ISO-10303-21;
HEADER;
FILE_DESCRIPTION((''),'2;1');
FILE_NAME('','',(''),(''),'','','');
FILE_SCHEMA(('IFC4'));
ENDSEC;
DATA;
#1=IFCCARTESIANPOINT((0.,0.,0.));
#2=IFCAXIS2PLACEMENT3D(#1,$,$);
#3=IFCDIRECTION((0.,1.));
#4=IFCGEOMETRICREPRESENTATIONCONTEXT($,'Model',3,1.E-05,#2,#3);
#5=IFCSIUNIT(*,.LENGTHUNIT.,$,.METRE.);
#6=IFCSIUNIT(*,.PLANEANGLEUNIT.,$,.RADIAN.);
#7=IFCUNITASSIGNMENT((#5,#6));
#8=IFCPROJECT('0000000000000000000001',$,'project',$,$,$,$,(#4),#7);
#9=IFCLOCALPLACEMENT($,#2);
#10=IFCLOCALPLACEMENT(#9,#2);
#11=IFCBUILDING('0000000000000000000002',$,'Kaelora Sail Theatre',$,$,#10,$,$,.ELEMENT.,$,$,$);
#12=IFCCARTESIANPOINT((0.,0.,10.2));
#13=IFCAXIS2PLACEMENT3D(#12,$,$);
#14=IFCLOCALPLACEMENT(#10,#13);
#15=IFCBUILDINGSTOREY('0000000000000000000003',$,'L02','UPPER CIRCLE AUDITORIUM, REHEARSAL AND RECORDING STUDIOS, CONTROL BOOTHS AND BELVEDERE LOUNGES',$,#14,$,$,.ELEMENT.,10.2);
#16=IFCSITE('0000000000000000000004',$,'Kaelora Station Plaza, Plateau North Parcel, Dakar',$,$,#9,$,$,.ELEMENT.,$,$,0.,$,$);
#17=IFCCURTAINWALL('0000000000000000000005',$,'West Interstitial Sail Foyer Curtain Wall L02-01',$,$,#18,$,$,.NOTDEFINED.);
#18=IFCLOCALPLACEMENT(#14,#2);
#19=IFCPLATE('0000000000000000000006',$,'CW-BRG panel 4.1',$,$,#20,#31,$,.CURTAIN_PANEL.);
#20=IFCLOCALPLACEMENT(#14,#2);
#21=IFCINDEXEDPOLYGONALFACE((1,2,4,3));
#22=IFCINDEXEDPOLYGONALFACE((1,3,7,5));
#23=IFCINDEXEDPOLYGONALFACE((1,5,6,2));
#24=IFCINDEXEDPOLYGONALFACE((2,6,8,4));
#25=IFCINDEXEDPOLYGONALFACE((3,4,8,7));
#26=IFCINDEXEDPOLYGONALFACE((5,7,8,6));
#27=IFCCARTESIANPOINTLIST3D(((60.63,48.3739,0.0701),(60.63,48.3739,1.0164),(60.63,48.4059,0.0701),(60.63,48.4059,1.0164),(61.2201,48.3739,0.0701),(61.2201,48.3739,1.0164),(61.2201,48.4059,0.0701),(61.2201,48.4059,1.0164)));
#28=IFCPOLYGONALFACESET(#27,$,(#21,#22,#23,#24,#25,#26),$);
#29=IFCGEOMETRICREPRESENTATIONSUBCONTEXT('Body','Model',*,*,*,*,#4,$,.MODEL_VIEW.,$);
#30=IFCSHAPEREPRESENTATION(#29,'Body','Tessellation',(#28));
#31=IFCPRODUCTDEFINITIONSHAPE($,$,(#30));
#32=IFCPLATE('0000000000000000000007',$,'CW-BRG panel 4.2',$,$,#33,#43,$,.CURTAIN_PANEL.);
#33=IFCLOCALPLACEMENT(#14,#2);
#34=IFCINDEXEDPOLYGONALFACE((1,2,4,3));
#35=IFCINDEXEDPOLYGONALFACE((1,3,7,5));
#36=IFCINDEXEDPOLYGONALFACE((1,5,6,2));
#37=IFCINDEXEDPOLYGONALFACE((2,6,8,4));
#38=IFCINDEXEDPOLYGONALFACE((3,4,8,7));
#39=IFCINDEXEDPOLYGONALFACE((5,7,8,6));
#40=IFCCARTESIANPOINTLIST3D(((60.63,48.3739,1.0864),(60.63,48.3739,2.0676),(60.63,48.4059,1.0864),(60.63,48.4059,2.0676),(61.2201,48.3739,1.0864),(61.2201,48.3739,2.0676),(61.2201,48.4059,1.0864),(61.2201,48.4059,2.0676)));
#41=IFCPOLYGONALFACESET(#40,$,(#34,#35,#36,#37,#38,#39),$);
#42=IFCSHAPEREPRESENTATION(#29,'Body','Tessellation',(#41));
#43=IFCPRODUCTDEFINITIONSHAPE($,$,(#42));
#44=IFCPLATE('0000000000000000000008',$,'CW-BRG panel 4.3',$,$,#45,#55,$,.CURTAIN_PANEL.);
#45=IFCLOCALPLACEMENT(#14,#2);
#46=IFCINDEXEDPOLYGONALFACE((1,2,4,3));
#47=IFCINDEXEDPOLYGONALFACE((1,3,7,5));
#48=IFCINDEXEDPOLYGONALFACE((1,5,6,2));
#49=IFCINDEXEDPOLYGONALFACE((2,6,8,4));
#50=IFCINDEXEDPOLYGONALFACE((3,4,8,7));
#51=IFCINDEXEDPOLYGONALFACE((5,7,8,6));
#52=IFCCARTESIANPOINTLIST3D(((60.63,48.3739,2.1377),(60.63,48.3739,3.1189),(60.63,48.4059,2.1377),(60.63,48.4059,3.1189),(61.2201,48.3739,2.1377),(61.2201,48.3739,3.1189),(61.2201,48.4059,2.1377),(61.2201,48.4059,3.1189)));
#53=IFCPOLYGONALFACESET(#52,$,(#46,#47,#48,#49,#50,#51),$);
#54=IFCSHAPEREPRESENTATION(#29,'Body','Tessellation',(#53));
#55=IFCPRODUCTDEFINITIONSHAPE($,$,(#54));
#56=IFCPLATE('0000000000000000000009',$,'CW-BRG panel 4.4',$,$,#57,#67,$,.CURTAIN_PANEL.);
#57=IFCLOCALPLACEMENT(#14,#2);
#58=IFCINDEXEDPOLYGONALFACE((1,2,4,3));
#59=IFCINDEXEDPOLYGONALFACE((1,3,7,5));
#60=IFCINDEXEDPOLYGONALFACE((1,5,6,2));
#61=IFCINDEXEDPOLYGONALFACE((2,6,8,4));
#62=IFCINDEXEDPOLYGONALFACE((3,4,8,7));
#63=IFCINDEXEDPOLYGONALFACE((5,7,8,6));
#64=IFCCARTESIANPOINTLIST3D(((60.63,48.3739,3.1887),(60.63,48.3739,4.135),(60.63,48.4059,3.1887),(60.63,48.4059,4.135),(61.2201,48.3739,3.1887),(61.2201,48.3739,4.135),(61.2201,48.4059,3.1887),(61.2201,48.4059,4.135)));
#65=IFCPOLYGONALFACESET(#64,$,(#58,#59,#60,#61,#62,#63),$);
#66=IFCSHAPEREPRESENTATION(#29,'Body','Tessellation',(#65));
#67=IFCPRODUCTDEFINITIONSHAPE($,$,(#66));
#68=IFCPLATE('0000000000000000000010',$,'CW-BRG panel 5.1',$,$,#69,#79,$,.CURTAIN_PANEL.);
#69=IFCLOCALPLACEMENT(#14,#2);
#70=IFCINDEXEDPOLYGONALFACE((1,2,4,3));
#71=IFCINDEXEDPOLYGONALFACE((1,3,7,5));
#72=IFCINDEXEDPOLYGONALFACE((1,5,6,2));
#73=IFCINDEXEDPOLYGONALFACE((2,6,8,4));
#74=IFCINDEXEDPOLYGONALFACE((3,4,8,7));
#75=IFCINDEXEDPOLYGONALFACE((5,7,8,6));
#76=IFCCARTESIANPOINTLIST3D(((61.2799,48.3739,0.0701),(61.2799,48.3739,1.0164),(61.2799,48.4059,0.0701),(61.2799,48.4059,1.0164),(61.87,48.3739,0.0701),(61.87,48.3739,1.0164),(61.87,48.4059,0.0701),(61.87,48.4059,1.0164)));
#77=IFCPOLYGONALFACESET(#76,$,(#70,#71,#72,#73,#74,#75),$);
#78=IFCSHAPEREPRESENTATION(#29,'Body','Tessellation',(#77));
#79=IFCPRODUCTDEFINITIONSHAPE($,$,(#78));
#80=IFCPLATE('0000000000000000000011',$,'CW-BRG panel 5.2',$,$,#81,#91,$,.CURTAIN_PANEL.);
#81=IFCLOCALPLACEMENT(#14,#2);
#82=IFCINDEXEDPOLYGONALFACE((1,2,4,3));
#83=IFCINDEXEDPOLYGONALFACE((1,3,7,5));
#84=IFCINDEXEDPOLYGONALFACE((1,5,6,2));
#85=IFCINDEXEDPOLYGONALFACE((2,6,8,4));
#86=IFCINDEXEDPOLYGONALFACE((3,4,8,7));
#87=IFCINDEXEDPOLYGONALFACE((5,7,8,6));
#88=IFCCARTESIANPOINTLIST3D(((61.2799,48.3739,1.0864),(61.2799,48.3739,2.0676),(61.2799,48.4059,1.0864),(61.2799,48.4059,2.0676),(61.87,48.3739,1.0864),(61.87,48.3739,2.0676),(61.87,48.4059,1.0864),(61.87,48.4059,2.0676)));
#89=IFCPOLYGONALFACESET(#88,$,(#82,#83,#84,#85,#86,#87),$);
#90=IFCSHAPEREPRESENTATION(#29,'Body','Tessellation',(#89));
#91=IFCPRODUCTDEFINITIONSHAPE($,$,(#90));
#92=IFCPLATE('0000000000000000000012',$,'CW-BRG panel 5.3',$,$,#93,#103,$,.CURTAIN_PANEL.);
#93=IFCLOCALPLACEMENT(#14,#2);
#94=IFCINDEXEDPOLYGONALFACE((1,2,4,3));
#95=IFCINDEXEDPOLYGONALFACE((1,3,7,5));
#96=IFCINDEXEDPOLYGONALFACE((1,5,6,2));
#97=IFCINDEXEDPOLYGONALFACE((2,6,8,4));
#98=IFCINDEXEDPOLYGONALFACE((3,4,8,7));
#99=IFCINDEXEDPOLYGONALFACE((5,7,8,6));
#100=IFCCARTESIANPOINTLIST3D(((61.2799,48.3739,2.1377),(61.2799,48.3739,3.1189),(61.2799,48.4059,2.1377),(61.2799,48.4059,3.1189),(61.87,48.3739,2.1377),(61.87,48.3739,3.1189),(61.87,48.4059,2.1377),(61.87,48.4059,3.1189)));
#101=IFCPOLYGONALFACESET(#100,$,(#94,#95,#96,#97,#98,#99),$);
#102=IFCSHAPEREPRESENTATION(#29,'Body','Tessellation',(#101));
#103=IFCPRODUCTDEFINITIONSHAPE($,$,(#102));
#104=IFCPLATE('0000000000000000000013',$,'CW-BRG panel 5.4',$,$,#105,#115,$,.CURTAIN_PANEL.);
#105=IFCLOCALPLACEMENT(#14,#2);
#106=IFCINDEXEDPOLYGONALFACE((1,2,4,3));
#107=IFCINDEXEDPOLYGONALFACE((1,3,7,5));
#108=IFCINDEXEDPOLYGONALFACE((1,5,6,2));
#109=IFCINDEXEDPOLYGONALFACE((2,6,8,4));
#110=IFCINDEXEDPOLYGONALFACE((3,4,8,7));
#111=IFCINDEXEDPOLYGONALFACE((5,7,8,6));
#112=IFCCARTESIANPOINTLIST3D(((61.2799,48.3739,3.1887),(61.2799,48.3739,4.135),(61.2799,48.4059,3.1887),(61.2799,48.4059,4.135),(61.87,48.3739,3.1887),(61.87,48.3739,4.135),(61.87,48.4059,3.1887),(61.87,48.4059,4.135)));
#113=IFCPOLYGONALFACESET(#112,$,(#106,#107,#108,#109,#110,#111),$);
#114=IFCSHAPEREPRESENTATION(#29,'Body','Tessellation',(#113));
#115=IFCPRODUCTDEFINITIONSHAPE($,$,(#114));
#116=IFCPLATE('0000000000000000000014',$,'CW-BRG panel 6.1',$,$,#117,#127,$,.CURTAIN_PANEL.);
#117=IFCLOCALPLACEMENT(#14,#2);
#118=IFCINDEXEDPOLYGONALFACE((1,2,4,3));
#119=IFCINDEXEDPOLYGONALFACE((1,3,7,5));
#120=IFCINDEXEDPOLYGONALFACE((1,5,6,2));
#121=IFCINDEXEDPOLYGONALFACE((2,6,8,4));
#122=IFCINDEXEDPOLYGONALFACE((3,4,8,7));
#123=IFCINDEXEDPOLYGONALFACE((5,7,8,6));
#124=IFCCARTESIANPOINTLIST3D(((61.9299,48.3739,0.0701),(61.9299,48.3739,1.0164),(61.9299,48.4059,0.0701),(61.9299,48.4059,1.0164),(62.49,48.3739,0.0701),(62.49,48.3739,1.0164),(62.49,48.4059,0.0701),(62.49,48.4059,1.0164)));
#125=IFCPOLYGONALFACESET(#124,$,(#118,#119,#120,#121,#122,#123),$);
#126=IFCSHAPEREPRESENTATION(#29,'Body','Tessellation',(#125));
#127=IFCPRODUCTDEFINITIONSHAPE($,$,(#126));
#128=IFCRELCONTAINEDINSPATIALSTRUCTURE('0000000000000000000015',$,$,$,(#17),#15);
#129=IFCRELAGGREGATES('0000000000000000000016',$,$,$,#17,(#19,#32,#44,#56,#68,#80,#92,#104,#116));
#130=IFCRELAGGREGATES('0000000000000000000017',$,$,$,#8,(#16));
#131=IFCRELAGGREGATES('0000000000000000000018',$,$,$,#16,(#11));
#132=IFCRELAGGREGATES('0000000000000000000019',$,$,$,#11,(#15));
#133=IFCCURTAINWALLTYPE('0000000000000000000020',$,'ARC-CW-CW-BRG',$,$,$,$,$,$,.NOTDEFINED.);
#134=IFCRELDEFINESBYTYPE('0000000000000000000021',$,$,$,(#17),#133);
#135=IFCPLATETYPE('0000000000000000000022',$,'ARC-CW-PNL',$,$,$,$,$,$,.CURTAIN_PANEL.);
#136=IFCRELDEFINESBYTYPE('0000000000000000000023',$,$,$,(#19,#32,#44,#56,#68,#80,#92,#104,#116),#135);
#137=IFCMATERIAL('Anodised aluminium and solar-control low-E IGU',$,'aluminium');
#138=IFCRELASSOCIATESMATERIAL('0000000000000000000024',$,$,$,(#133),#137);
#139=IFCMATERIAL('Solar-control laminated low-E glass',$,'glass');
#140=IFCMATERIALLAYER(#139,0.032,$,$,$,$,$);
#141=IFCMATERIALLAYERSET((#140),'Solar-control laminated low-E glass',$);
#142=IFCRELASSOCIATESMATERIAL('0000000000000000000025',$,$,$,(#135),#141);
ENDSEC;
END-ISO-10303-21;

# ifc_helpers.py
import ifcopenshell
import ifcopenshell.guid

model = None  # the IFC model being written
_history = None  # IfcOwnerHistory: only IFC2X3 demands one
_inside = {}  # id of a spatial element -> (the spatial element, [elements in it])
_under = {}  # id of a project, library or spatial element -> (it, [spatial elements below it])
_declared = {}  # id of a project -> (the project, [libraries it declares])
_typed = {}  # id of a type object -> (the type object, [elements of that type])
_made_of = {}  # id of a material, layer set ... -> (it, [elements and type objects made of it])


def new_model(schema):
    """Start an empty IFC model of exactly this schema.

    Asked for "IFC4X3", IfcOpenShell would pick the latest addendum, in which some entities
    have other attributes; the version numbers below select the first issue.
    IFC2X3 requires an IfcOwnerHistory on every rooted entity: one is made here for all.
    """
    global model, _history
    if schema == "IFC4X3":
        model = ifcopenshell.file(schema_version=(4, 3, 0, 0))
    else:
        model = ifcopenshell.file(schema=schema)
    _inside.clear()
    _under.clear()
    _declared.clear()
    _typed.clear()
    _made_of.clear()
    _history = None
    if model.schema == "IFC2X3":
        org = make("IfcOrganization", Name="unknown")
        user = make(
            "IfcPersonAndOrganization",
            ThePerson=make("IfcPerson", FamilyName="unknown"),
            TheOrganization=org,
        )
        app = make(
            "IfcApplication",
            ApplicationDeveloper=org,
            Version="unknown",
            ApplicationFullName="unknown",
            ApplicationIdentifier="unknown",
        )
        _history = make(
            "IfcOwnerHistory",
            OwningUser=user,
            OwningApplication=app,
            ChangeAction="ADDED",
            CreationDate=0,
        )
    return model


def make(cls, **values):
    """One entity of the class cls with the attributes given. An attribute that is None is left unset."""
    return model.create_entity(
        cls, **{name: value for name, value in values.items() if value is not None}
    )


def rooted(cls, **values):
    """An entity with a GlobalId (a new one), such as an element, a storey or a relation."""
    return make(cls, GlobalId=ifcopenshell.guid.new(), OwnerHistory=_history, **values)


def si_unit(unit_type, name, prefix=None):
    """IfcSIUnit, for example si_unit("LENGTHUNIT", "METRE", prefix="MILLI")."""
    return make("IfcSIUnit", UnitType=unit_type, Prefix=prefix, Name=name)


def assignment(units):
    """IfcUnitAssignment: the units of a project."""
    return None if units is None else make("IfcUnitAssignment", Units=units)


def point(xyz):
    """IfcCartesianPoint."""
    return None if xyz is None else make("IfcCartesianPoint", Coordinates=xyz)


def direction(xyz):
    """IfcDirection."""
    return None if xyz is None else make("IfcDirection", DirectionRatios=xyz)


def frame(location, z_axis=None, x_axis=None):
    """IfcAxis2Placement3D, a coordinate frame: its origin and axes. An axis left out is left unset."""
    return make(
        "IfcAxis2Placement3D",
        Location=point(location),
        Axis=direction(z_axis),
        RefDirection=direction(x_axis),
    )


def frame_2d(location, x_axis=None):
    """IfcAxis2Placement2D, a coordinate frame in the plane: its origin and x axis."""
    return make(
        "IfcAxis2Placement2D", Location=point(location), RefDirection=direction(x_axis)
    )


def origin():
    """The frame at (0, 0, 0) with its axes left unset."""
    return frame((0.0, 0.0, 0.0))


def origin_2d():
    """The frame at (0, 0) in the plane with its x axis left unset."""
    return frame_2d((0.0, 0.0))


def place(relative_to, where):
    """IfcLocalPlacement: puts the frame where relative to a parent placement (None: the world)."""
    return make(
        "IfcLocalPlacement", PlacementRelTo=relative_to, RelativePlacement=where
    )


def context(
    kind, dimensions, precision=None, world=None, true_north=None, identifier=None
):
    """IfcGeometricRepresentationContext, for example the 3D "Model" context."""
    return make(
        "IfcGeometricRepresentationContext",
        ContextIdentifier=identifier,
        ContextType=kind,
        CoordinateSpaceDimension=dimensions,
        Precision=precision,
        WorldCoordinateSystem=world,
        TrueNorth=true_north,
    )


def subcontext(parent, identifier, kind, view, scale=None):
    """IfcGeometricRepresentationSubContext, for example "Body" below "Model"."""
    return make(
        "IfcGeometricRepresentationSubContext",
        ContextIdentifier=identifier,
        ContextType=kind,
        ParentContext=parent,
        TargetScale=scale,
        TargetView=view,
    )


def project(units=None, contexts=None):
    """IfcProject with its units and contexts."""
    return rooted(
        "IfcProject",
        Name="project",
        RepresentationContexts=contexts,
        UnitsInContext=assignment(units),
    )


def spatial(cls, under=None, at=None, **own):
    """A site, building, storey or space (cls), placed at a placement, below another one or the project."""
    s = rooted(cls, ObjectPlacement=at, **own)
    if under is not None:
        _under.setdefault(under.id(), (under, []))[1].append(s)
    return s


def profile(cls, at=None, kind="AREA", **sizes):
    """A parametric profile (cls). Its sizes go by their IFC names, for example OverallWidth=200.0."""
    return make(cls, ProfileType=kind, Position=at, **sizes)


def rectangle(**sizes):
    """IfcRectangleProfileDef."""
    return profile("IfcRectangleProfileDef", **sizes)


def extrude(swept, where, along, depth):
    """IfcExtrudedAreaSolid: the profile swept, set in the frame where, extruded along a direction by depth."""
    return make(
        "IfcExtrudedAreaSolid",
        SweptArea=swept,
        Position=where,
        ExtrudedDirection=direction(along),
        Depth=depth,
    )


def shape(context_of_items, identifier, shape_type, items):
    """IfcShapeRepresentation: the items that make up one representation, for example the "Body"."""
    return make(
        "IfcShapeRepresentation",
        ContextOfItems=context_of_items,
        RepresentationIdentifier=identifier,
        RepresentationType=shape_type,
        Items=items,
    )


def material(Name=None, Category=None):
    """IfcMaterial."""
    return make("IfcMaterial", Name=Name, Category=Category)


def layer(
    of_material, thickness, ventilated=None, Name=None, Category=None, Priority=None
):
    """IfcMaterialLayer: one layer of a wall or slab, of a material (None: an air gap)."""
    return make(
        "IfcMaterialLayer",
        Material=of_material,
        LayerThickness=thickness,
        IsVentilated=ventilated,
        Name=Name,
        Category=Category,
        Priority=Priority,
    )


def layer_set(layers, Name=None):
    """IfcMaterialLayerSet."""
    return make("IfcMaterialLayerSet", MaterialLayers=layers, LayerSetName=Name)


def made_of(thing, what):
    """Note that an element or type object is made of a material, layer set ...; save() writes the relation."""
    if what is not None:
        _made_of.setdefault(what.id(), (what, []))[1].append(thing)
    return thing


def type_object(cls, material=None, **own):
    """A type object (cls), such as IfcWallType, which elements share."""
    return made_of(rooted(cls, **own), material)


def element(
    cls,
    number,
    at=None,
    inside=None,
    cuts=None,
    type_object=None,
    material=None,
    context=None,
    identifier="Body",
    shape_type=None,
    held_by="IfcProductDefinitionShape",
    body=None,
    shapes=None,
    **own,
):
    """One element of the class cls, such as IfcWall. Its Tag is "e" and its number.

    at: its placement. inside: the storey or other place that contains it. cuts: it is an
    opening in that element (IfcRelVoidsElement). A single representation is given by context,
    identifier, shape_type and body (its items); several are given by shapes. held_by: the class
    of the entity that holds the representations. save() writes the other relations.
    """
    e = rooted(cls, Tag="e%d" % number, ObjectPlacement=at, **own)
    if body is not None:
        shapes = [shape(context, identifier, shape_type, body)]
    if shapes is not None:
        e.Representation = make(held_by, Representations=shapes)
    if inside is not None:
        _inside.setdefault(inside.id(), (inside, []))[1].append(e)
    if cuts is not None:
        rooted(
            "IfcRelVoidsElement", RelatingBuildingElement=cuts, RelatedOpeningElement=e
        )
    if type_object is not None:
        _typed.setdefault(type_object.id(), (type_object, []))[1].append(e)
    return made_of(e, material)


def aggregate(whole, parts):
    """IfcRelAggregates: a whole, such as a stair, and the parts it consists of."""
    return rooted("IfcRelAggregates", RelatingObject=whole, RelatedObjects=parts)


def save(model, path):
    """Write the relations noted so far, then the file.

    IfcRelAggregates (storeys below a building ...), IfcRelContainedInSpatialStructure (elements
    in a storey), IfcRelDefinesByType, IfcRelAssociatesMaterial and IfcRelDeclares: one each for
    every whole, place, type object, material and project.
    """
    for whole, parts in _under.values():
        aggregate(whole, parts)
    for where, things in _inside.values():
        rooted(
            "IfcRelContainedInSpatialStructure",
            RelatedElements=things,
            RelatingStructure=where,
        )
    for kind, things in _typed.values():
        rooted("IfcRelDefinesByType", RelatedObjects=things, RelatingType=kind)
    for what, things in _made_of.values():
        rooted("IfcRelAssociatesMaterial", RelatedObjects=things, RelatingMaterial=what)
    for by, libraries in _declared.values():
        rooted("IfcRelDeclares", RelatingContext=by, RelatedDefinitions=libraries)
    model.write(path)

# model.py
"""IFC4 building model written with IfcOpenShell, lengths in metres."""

from ifc_helpers import new_model, si_unit, direction, frame, origin, origin_2d, place, context, subcontext, project, spatial, rectangle, extrude, material, layer, layer_set, type_object, element, aggregate, save


model = new_model("IFC4")

# Units and contexts
model_context = context("Model", 3, precision=1e-05, world=origin(), true_north=direction((0.0, 1.0)))
body_context = subcontext(model_context, "Body", "Model", "MODEL_VIEW")
ifc_project = project(units=[si_unit("LENGTHUNIT", "METRE"), si_unit("PLANEANGLEUNIT", "RADIAN")], contexts=[model_context])

# Site, building, storey
site_placement = place(None, origin())
site = spatial("IfcSite", under=ifc_project, at=site_placement, Name="Kaelora Station Plaza, Plateau North Parcel, Dakar", CompositionType="ELEMENT", RefElevation=0.0)
building_placement = place(site_placement, origin())
building = spatial("IfcBuilding", under=site, at=building_placement, Name="Kaelora Sail Theatre", CompositionType="ELEMENT")
storey_placement = place(building_placement, frame((0.0, 0.0, 10.2)))
storey = spatial("IfcBuildingStorey", under=building, at=storey_placement, Name="L02", Description="UPPER CIRCLE AUDITORIUM, REHEARSAL AND RECORDING STUDIOS, CONTROL BOOTHS AND BELVEDERE LOUNGES", CompositionType="ELEMENT", Elevation=10.2)

# Curtain wall, plates
ifc_material_1 = material(Name="Anodised aluminium and solar-control low-E IGU", Category="aluminium")
curtain_wall_type = type_object("IfcCurtainWallType", Name="ARC-CW-CW-BRG", PredefinedType="NOTDEFINED", material=ifc_material_1)
curtain_wall_placement = place(storey_placement, origin())
curtain_wall = element("IfcCurtainWall", 1, at=curtain_wall_placement, inside=storey, type_object=curtain_wall_type, Name="West Interstitial Sail Foyer Curtain Wall L02-01", PredefinedType="NOTDEFINED")
ifc_material_2 = material(Name="Solar-control laminated low-E glass", Category="glass")
ifc_layer = layer(ifc_material_2, 0.032)
ifc_layer_set = layer_set([ifc_layer], Name="Solar-control laminated low-E glass")
plate_type = type_object("IfcPlateType", Name="ARC-CW-PNL", PredefinedType="CURTAIN_PANEL", material=ifc_layer_set)
plate_1_placement = place(storey_placement, frame((60.925, 48.3899, 0.0701), z_axis=(0.0, 0.0, 1.0), x_axis=(1.0, 0.0, 0.0)))
plate_1 = element("IfcPlate", 2, at=plate_1_placement, type_object=plate_type, Name="CW-BRG panel 4.1", PredefinedType="CURTAIN_PANEL", context=body_context, shape_type="SweptSolid", body=[
    extrude(rectangle(XDim=0.5901, YDim=0.032, at=origin_2d()), origin(), (0.0, 0.0, 1.0), 0.9463),
])
plate_2_placement = place(storey_placement, frame((60.925, 48.3899, 1.0864), z_axis=(0.0, 0.0, 1.0), x_axis=(1.0, 0.0, 0.0)))
plate_2 = element("IfcPlate", 3, at=plate_2_placement, type_object=plate_type, Name="CW-BRG panel 4.2", PredefinedType="CURTAIN_PANEL", context=body_context, shape_type="SweptSolid", body=[
    extrude(rectangle(XDim=0.5901, YDim=0.032, at=origin_2d()), origin(), (0.0, 0.0, 1.0), 0.9812),
])
plate_3_placement = place(storey_placement, frame((60.925, 48.3899, 2.1377), z_axis=(0.0, 0.0, 1.0), x_axis=(1.0, 0.0, 0.0)))
plate_3 = element("IfcPlate", 4, at=plate_3_placement, type_object=plate_type, Name="CW-BRG panel 4.3", PredefinedType="CURTAIN_PANEL", context=body_context, shape_type="SweptSolid", body=[
    extrude(rectangle(XDim=0.5901, YDim=0.032, at=origin_2d()), origin(), (0.0, 0.0, 1.0), 0.9812),
])
plate_4_placement = place(storey_placement, frame((60.925, 48.3899, 3.1887), z_axis=(0.0, 0.0, 1.0), x_axis=(1.0, 0.0, 0.0)))
plate_4 = element("IfcPlate", 5, at=plate_4_placement, type_object=plate_type, Name="CW-BRG panel 4.4", PredefinedType="CURTAIN_PANEL", context=body_context, shape_type="SweptSolid", body=[
    extrude(rectangle(XDim=0.5901, YDim=0.032, at=origin_2d()), origin(), (0.0, 0.0, 1.0), 0.9463),
])
plate_5_placement = place(storey_placement, frame((61.575, 48.3899, 0.0701), z_axis=(0.0, 0.0, 1.0), x_axis=(1.0, 0.0, 0.0)))
plate_5 = element("IfcPlate", 6, at=plate_5_placement, type_object=plate_type, Name="CW-BRG panel 5.1", PredefinedType="CURTAIN_PANEL", context=body_context, shape_type="SweptSolid", body=[
    extrude(rectangle(XDim=0.5901, YDim=0.032, at=origin_2d()), origin(), (0.0, 0.0, 1.0), 0.9463),
])
plate_6_placement = place(storey_placement, frame((61.575, 48.3899, 1.0864), z_axis=(0.0, 0.0, 1.0), x_axis=(1.0, 0.0, 0.0)))
plate_6 = element("IfcPlate", 7, at=plate_6_placement, type_object=plate_type, Name="CW-BRG panel 5.2", PredefinedType="CURTAIN_PANEL", context=body_context, shape_type="SweptSolid", body=[
    extrude(rectangle(XDim=0.5901, YDim=0.032, at=origin_2d()), origin(), (0.0, 0.0, 1.0), 0.9812),
])
plate_7_placement = place(storey_placement, frame((61.575, 48.3899, 2.1377), z_axis=(0.0, 0.0, 1.0), x_axis=(1.0, 0.0, 0.0)))
plate_7 = element("IfcPlate", 8, at=plate_7_placement, type_object=plate_type, Name="CW-BRG panel 5.3", PredefinedType="CURTAIN_PANEL", context=body_context, shape_type="SweptSolid", body=[
    extrude(rectangle(XDim=0.5901, YDim=0.032, at=origin_2d()), origin(), (0.0, 0.0, 1.0), 0.9812),
])
plate_8_placement = place(storey_placement, frame((61.575, 48.3899, 3.1887), z_axis=(0.0, 0.0, 1.0), x_axis=(1.0, 0.0, 0.0)))
plate_8 = element("IfcPlate", 9, at=plate_8_placement, type_object=plate_type, Name="CW-BRG panel 5.4", PredefinedType="CURTAIN_PANEL", context=body_context, shape_type="SweptSolid", body=[
    extrude(rectangle(XDim=0.5901, YDim=0.032, at=origin_2d()), origin(), (0.0, 0.0, 1.0), 0.9463),
])
plate_9_placement = place(storey_placement, frame((62.21, 48.3899, 0.0701), z_axis=(0.0, 0.0, 1.0), x_axis=(1.0, 0.0, 0.0)))
plate_9 = element("IfcPlate", 10, at=plate_9_placement, type_object=plate_type, Name="CW-BRG panel 6.1", PredefinedType="CURTAIN_PANEL", context=body_context, shape_type="SweptSolid", body=[
    extrude(rectangle(XDim=0.5601, YDim=0.032, at=origin_2d()), origin(), (0.0, 0.0, 1.0), 0.9463),
])
aggregate(curtain_wall, [plate_1, plate_2, plate_3, plate_4, plate_5, plate_6, plate_7, plate_8, plate_9])

save(model, "model.ifc")
